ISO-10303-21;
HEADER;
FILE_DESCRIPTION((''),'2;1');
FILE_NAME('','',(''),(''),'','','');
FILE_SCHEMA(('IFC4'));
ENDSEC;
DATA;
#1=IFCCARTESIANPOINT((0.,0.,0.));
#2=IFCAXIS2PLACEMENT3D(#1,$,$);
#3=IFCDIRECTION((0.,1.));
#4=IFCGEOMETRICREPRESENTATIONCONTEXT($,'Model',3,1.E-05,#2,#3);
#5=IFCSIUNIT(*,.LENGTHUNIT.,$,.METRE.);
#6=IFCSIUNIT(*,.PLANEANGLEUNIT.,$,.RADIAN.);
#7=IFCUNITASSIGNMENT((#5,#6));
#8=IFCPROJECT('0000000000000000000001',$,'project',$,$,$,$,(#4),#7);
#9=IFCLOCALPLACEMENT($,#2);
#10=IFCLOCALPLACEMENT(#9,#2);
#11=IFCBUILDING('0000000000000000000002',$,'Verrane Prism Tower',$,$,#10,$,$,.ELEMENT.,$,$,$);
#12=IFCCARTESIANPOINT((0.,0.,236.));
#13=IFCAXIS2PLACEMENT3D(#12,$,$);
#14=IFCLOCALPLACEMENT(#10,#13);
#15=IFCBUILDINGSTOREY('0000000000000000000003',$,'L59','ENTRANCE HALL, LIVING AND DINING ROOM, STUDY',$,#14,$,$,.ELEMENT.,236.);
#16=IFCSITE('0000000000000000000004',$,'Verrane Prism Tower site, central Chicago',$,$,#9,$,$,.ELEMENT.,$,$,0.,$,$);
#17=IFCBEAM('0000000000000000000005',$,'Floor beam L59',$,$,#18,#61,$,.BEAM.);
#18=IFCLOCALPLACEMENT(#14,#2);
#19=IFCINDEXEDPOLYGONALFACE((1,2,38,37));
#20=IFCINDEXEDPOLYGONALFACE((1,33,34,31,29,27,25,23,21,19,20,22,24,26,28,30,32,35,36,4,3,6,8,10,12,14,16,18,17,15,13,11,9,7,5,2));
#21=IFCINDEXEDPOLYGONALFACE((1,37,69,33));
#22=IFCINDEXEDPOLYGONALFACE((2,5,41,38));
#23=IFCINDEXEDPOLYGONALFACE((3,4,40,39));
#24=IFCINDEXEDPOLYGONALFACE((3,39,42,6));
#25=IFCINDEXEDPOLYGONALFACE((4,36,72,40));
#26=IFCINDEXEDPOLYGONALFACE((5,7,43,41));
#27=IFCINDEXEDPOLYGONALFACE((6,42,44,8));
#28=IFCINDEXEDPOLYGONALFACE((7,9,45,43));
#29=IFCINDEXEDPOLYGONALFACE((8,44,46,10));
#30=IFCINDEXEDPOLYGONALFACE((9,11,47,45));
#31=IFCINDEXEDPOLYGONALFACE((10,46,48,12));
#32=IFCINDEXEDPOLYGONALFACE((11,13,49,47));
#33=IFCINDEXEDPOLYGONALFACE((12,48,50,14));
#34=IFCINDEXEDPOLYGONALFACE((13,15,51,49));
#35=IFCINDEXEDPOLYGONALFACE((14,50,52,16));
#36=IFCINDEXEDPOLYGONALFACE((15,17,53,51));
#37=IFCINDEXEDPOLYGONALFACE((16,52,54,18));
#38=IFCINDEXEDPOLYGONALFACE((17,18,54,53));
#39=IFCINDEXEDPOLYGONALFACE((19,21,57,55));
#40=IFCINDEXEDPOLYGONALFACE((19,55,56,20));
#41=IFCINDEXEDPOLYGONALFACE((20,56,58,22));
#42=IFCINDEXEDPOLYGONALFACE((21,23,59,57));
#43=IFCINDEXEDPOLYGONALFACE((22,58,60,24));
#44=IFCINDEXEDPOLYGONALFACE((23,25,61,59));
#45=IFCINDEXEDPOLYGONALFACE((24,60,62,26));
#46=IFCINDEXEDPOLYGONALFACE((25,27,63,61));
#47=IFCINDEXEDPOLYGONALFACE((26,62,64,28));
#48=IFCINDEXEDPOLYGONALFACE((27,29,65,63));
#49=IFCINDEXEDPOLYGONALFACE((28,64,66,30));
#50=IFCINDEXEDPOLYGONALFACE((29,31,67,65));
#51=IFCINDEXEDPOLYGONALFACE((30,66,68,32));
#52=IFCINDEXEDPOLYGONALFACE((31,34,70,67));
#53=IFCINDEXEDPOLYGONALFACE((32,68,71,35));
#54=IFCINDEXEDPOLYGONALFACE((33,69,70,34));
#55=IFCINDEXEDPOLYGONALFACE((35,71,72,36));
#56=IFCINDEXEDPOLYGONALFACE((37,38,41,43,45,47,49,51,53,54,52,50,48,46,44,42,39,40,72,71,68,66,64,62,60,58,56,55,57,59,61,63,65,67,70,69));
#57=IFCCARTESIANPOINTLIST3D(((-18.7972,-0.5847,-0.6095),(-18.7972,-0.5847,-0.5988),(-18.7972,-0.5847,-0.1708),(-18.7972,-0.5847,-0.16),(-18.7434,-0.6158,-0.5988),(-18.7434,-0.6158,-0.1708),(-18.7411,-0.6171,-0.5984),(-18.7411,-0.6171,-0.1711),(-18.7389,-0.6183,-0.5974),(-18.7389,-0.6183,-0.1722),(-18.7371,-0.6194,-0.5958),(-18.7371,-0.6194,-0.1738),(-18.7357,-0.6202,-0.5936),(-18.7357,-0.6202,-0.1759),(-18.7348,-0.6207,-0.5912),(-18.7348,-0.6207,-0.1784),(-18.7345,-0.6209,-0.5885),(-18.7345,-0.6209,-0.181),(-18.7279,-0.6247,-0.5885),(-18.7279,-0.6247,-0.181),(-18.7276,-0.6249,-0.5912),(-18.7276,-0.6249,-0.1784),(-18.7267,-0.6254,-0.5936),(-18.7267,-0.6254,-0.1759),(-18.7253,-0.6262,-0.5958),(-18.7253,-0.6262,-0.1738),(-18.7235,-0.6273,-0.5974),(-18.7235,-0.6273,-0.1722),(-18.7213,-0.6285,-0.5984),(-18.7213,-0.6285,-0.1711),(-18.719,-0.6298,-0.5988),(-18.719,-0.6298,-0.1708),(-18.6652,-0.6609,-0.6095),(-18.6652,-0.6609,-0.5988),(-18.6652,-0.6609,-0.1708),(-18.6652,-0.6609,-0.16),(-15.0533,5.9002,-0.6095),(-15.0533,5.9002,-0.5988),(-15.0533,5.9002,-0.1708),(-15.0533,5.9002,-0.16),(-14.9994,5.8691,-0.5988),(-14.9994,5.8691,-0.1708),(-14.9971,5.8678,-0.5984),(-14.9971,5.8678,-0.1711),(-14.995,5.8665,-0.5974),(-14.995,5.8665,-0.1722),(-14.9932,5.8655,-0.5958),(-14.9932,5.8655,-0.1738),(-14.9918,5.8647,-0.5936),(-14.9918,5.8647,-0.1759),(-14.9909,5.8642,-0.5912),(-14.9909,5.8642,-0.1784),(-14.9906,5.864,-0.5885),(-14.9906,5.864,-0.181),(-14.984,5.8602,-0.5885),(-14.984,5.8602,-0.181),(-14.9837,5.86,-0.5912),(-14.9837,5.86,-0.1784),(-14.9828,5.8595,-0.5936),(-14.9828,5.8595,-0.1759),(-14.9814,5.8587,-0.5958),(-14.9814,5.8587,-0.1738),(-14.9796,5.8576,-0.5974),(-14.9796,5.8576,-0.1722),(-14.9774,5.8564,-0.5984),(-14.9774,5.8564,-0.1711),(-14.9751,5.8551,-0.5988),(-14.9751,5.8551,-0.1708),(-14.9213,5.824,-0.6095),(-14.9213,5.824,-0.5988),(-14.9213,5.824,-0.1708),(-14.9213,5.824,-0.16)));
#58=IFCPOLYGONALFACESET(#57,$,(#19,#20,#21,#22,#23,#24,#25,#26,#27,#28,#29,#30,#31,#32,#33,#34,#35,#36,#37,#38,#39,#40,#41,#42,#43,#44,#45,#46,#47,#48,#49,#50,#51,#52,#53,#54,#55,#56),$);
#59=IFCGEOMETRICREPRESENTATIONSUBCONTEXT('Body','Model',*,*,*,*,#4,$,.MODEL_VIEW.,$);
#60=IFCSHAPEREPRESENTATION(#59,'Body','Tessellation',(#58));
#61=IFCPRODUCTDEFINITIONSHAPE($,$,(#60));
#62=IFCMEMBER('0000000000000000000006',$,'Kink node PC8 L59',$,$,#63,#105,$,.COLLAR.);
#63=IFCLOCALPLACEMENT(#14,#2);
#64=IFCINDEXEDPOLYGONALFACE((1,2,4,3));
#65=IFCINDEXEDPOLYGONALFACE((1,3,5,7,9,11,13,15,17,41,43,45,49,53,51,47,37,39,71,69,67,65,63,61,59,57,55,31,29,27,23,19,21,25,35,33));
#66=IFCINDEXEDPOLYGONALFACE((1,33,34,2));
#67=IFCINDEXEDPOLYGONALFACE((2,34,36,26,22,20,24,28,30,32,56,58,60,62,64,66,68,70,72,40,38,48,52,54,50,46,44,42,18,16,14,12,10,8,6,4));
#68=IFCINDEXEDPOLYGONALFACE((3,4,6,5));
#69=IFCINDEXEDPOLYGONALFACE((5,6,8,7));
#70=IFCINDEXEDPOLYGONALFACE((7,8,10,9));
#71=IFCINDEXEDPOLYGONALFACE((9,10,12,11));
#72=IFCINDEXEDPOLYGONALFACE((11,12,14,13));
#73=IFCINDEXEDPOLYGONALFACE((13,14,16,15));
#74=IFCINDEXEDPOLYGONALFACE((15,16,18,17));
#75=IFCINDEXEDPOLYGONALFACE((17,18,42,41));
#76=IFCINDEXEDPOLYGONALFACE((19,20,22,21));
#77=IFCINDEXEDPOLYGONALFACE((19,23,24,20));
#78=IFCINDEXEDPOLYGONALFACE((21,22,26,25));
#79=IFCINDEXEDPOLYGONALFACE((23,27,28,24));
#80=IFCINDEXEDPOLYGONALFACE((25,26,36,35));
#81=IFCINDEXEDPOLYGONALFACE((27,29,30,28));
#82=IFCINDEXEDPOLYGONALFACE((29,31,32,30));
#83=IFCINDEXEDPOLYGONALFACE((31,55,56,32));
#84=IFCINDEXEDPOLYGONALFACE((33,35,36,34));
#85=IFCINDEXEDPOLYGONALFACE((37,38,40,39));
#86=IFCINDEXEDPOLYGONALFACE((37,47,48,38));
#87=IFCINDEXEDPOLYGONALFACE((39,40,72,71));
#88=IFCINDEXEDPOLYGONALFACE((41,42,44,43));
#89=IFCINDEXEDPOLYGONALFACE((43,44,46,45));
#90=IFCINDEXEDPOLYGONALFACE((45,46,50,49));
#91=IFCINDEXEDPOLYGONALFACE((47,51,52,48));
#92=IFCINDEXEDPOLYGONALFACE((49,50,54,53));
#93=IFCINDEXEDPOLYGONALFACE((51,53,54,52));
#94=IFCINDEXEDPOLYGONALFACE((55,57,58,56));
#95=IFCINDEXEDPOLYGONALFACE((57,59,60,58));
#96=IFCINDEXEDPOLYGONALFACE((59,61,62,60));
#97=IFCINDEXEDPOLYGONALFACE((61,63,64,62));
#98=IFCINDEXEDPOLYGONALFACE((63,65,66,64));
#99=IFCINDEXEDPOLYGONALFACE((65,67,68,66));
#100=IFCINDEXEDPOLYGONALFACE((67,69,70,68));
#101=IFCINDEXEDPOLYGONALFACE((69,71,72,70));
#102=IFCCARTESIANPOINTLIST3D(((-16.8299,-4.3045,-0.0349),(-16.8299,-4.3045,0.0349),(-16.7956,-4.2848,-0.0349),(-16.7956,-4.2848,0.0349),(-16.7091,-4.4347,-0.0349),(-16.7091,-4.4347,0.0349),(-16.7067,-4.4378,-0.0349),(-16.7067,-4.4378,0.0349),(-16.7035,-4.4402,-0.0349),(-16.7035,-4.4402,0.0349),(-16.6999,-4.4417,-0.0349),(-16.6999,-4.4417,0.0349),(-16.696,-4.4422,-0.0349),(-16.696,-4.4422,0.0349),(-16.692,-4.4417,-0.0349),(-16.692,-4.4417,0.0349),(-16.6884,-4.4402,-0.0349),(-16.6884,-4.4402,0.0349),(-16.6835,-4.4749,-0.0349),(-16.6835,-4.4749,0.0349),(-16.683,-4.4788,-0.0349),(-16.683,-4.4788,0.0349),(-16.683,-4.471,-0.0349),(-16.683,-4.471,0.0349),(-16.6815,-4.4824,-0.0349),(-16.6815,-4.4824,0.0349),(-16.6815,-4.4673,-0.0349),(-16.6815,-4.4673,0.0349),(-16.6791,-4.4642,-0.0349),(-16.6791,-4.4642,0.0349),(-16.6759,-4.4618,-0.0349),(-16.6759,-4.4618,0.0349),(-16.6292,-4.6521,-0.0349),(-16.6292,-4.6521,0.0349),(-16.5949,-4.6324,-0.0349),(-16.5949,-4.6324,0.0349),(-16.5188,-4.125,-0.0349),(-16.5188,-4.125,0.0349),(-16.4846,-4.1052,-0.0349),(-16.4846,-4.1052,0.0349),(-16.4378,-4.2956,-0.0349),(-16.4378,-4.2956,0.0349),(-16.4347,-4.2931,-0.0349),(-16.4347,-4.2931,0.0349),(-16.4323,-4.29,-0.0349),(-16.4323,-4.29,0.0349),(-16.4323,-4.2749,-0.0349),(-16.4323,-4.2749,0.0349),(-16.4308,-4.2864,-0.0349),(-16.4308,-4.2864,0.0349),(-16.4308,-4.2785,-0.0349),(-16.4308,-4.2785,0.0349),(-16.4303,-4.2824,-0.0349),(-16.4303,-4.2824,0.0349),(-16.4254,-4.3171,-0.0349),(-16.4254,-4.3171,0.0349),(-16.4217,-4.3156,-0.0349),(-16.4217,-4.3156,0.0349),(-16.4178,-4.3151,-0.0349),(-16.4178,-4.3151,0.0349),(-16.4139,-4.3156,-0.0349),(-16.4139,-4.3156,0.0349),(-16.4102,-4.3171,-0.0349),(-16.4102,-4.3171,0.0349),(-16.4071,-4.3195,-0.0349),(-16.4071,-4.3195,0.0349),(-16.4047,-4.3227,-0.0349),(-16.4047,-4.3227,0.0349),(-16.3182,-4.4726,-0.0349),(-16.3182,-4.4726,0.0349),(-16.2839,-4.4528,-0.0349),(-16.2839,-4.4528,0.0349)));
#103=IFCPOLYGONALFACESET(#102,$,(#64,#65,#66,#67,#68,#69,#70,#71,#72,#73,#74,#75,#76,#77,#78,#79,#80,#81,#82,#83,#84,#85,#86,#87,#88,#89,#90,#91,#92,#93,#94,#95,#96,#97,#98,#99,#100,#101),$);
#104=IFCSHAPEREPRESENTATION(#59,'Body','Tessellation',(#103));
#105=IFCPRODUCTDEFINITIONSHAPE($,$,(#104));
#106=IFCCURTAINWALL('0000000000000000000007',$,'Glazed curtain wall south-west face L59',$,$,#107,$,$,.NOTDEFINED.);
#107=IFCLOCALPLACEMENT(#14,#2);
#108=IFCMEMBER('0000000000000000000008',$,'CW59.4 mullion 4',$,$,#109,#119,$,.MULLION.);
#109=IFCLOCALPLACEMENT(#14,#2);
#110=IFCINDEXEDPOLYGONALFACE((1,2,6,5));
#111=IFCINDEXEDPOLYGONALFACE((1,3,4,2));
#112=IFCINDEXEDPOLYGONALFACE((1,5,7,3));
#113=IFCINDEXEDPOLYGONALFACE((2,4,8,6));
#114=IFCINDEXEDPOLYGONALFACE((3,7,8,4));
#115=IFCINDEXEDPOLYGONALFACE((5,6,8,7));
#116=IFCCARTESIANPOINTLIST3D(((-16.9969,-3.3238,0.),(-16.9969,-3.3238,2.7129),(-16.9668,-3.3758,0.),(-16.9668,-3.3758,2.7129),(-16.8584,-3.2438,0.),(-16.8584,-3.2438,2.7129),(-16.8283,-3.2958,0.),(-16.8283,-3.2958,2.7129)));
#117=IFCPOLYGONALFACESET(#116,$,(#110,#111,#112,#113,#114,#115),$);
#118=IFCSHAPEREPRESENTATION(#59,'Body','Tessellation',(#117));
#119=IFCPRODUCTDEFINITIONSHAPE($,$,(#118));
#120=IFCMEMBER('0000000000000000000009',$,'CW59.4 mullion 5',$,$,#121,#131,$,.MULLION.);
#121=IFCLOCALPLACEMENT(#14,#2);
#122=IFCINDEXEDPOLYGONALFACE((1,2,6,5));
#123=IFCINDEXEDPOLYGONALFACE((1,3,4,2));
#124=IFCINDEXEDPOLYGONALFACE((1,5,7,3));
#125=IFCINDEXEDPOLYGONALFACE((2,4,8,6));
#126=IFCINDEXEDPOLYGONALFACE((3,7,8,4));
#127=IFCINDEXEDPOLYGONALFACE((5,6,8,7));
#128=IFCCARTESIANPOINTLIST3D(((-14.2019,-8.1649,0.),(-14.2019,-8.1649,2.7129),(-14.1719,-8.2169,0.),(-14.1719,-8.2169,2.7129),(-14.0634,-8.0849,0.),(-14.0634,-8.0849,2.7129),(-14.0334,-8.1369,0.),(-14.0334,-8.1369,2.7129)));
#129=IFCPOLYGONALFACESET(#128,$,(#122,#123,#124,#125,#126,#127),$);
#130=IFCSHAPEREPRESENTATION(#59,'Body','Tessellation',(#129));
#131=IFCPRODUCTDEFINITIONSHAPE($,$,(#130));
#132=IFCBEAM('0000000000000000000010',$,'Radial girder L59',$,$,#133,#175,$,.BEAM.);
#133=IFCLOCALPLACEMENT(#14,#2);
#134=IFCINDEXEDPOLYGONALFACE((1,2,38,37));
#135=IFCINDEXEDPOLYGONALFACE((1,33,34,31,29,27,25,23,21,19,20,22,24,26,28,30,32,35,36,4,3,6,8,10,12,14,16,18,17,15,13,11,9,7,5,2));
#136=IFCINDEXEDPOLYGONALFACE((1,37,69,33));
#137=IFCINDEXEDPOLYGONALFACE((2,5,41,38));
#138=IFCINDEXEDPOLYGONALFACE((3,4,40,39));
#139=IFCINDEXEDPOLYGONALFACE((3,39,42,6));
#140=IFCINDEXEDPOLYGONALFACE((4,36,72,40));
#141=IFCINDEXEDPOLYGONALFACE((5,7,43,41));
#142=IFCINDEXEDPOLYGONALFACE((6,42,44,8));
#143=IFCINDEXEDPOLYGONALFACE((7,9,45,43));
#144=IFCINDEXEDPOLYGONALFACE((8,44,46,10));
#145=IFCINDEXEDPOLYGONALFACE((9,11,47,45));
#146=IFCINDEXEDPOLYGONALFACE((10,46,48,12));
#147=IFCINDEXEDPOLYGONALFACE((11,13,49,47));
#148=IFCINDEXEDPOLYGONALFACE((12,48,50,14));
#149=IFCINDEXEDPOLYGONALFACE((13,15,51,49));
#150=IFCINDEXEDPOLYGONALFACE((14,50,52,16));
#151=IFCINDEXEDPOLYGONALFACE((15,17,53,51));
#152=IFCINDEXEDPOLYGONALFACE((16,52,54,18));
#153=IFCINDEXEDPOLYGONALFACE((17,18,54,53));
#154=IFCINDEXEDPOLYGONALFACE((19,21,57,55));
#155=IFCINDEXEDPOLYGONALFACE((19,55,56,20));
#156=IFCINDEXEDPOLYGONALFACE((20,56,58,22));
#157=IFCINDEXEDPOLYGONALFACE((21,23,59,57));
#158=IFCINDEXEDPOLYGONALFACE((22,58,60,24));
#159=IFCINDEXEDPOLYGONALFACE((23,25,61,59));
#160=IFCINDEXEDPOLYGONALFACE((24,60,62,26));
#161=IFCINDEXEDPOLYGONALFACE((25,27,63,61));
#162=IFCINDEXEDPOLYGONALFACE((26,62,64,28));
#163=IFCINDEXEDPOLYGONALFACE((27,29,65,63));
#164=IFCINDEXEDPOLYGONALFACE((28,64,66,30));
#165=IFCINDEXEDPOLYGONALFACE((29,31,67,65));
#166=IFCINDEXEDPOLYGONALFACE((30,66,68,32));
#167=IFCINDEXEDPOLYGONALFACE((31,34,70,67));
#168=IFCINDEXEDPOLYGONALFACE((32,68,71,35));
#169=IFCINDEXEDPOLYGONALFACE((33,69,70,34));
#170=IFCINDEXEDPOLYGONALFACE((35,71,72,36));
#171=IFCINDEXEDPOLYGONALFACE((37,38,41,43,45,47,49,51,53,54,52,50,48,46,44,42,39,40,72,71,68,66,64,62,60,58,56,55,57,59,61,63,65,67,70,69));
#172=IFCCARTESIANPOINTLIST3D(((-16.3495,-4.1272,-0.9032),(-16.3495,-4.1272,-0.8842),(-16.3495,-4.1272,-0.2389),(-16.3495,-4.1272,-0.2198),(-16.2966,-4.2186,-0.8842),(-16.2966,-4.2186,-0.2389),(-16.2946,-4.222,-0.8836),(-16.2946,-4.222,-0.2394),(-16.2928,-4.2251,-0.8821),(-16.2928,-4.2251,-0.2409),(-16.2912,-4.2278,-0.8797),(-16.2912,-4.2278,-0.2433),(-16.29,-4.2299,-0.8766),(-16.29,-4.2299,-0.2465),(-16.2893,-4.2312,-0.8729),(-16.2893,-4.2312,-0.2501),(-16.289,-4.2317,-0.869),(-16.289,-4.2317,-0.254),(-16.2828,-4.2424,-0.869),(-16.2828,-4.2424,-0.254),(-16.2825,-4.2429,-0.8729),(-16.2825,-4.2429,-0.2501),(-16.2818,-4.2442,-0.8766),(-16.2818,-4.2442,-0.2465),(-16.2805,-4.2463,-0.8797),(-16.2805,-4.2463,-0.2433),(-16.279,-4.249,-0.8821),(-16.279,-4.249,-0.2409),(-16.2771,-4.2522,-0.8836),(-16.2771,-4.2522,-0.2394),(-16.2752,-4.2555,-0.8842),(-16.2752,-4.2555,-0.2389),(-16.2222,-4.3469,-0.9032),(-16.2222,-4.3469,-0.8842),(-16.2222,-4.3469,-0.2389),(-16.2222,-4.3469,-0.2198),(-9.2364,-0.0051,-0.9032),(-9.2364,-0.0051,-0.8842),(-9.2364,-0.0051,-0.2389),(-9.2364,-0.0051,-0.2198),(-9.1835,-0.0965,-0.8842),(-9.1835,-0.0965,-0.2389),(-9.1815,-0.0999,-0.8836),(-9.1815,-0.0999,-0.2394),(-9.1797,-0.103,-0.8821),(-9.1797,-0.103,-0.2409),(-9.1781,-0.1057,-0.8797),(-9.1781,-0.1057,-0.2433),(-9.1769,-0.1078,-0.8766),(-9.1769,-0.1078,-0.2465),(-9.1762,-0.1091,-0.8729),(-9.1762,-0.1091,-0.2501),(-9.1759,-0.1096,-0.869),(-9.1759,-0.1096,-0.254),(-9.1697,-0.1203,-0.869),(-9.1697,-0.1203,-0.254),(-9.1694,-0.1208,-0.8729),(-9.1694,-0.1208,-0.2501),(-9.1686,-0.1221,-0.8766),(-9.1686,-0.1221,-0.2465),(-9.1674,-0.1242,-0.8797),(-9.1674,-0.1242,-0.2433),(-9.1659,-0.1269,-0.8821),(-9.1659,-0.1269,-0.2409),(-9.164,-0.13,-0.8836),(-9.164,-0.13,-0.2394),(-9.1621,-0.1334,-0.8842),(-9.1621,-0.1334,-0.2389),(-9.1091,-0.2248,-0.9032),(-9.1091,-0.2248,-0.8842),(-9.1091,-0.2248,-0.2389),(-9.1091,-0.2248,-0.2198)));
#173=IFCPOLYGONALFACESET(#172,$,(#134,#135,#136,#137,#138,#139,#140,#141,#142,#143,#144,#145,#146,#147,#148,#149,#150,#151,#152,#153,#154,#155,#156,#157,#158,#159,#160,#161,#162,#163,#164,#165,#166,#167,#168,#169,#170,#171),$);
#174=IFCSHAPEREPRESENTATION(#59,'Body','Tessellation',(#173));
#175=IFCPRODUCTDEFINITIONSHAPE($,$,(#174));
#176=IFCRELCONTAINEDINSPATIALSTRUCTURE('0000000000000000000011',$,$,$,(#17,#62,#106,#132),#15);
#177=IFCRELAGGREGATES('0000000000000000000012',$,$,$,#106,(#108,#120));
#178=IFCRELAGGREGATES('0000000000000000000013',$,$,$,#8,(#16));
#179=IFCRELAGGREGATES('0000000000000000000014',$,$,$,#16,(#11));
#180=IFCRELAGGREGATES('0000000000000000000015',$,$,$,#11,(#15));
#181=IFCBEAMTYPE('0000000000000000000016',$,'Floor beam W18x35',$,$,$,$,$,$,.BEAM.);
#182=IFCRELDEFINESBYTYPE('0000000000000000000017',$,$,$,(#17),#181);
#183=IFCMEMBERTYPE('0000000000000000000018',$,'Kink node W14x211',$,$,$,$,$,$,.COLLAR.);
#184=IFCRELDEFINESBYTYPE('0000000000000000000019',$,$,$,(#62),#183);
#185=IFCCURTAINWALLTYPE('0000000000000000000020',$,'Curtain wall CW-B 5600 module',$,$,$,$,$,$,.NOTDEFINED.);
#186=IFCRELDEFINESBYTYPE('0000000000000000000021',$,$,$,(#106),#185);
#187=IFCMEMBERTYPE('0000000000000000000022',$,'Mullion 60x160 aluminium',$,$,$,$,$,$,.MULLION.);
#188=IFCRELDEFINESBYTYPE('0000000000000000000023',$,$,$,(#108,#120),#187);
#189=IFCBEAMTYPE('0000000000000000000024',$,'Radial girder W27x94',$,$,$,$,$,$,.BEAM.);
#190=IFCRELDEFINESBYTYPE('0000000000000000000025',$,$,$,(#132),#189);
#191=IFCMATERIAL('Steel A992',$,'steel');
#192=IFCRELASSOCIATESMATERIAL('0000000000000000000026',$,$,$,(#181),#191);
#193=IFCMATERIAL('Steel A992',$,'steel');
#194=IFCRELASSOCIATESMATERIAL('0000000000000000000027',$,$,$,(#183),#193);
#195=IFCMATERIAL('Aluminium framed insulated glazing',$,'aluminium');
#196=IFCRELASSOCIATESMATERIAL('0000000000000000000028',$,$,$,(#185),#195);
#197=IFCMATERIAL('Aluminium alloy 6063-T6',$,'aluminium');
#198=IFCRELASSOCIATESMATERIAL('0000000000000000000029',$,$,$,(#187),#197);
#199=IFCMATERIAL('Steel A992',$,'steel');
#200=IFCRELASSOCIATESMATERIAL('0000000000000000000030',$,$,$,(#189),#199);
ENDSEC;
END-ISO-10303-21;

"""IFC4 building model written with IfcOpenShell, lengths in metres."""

from ifc_helpers import new_model, si_unit, direction, frame, origin, origin_2d, place, context, subcontext, project, spatial, rectangle, i_section, extrude, material, material_profile, profile_set, type_object, element, aggregate, save


model = new_model("IFC4")

# Units and contexts
model_context = context("Model", 3, precision=1e-05, world=origin(), true_north=direction((0.0, 1.0)))
body_context = subcontext(model_context, "Body", "Model", "MODEL_VIEW")
ifc_project = project(units=[si_unit("LENGTHUNIT", "METRE"), si_unit("PLANEANGLEUNIT", "RADIAN")], contexts=[model_context])

# Site, building, storey
site_placement = place(None, origin())
site = spatial("IfcSite", under=ifc_project, at=site_placement, Name="Verrane Prism Tower site, central Chicago", CompositionType="ELEMENT", RefElevation=0.0)
building_placement = place(site_placement, origin())
building = spatial("IfcBuilding", under=site, at=building_placement, Name="Verrane Prism Tower", CompositionType="ELEMENT")
storey_placement = place(building_placement, frame((0.0, 0.0, 236.0)))
storey = spatial("IfcBuildingStorey", under=building, at=storey_placement, Name="L59", Description="ENTRANCE HALL, LIVING AND DINING ROOM, STUDY", CompositionType="ELEMENT", Elevation=236.0)

# Beam
ifc_material_1 = material(Name="Steel A992", Category="steel")
ifc_material_profile_1 = material_profile(ifc_material_1, i_section(OverallWidth=0.1523, OverallDepth=0.4495, WebThickness=0.0076, FlangeThickness=0.0107, FilletRadius=0.0103, at=origin_2d()), Name="W18x35")
ifc_profile_set_1 = profile_set([ifc_material_profile_1], Name="Steel A992")
beam_type_1 = type_object("IfcBeamType", Name="Floor beam W18x35", PredefinedType="BEAM", material=ifc_profile_set_1)
beam_1_placement = place(storey_placement, frame((-18.7312, -0.6228, -0.3848), z_axis=(0.499986, 0.866034, 0.0), x_axis=(-0.866034, 0.499986, 0.0)))
element("IfcBeam", 1, at=beam_1_placement, inside=storey, type_object=beam_type_1, Name="Floor beam L59", PredefinedType="BEAM", context=body_context, shape_type="SweptSolid", body=[
    extrude(i_section(OverallWidth=0.1523, OverallDepth=0.4495, WebThickness=0.0076, FlangeThickness=0.0107, FilletRadius=0.0103, at=origin_2d()), origin(), (0.0, 0.0, 1.0), 7.488),
])

# Member
ifc_material_2 = material(Name="Steel A992", Category="steel")
ifc_material_profile_2 = material_profile(ifc_material_2, i_section(OverallWidth=0.4014, OverallDepth=0.3987, WebThickness=0.0249, FlangeThickness=0.0396, FilletRadius=0.0151, at=origin_2d()), Name="W14x211")
ifc_profile_set_2 = profile_set([ifc_material_profile_2], Name="Steel A992")
member_type_1 = type_object("IfcMemberType", Name="Kink node W14x211", PredefinedType="COLLAR", material=ifc_profile_set_2)
member_1_placement = place(storey_placement, frame((-16.5569, -4.3787, -0.0349), z_axis=(0.0, 0.0, 1.0), x_axis=(-0.5, 0.866025, 0.0)))
element("IfcMember", 2, at=member_1_placement, inside=storey, type_object=member_type_1, Name="Kink node PC8 L59", PredefinedType="COLLAR", context=body_context, shape_type="SweptSolid", body=[
    extrude(i_section(OverallWidth=0.4014, OverallDepth=0.3987, WebThickness=0.0249, FlangeThickness=0.0396, FilletRadius=0.0151, at=origin_2d()), origin(), (0.0, 0.0, 1.0), 0.0698),
])

# Curtain wall, members
ifc_material_3 = material(Name="Aluminium framed insulated glazing", Category="aluminium")
curtain_wall_type = type_object("IfcCurtainWallType", Name="Curtain wall CW-B 5600 module", PredefinedType="NOTDEFINED", material=ifc_material_3)
curtain_wall_placement = place(storey_placement, origin())
curtain_wall = element("IfcCurtainWall", 3, at=curtain_wall_placement, inside=storey, type_object=curtain_wall_type, Name="Glazed curtain wall south-west face L59", PredefinedType="NOTDEFINED")
ifc_material_4 = material(Name="Aluminium alloy 6063-T6", Category="aluminium")
ifc_material_profile_3 = material_profile(ifc_material_4, rectangle(XDim=0.1599, YDim=0.0601, at=origin_2d()), Name="Mullion 60x160 aluminium")
ifc_profile_set_3 = profile_set([ifc_material_profile_3], Name="Aluminium alloy 6063-T6")
member_type_2 = type_object("IfcMemberType", Name="Mullion 60x160 aluminium", PredefinedType="MULLION", material=ifc_profile_set_3)
member_2_placement = place(storey_placement, frame((-16.9126, -3.3098, 0.0), z_axis=(0.0, 0.0, 1.0), x_axis=(0.866026, 0.499999, 0.0)))
member_2 = element("IfcMember", 4, at=member_2_placement, type_object=member_type_2, Name="CW59.4 mullion 4", PredefinedType="MULLION", context=body_context, shape_type="SweptSolid", body=[
    extrude(rectangle(XDim=0.1599, YDim=0.0601, at=origin_2d()), origin(), (0.0, 0.0, 1.0), 2.7129),
])
member_3_placement = place(storey_placement, frame((-14.1177, -8.1509, 0.0), z_axis=(0.0, 0.0, 1.0), x_axis=(0.866026, 0.499999, 0.0)))
member_3 = element("IfcMember", 5, at=member_3_placement, type_object=member_type_2, Name="CW59.4 mullion 5", PredefinedType="MULLION", context=body_context, shape_type="SweptSolid", body=[
    extrude(rectangle(XDim=0.1599, YDim=0.0601, at=origin_2d()), origin(), (0.0, 0.0, 1.0), 2.7129),
])

# Beam
ifc_material_5 = material(Name="Steel A992", Category="steel")
ifc_material_profile_4 = material_profile(ifc_material_5, i_section(OverallWidth=0.2539, OverallDepth=0.6833, WebThickness=0.0125, FlangeThickness=0.019, FilletRadius=0.0151, at=origin_2d()), Name="W27x94")
ifc_profile_set_4 = profile_set([ifc_material_profile_4], Name="Steel A992")
beam_type_2 = type_object("IfcBeamType", Name="Radial girder W27x94", PredefinedType="BEAM", material=ifc_profile_set_4)
beam_2_placement = place(storey_placement, frame((-16.2859, -4.2371, -0.5615), z_axis=(0.865215, 0.5014, 0.0), x_axis=(-0.5014, 0.865215, 0.0)))
element("IfcBeam", 6, at=beam_2_placement, inside=storey, type_object=beam_type_2, Name="Radial girder L59", PredefinedType="BEAM", context=body_context, shape_type="SweptSolid", body=[
    extrude(i_section(OverallWidth=0.2539, OverallDepth=0.6833, WebThickness=0.0125, FlangeThickness=0.019, FilletRadius=0.0151, at=origin_2d()), origin(), (0.0, 0.0, 1.0), 8.2212),
])

aggregate(curtain_wall, [member_2, member_3])

save(model, "model.ifc")
